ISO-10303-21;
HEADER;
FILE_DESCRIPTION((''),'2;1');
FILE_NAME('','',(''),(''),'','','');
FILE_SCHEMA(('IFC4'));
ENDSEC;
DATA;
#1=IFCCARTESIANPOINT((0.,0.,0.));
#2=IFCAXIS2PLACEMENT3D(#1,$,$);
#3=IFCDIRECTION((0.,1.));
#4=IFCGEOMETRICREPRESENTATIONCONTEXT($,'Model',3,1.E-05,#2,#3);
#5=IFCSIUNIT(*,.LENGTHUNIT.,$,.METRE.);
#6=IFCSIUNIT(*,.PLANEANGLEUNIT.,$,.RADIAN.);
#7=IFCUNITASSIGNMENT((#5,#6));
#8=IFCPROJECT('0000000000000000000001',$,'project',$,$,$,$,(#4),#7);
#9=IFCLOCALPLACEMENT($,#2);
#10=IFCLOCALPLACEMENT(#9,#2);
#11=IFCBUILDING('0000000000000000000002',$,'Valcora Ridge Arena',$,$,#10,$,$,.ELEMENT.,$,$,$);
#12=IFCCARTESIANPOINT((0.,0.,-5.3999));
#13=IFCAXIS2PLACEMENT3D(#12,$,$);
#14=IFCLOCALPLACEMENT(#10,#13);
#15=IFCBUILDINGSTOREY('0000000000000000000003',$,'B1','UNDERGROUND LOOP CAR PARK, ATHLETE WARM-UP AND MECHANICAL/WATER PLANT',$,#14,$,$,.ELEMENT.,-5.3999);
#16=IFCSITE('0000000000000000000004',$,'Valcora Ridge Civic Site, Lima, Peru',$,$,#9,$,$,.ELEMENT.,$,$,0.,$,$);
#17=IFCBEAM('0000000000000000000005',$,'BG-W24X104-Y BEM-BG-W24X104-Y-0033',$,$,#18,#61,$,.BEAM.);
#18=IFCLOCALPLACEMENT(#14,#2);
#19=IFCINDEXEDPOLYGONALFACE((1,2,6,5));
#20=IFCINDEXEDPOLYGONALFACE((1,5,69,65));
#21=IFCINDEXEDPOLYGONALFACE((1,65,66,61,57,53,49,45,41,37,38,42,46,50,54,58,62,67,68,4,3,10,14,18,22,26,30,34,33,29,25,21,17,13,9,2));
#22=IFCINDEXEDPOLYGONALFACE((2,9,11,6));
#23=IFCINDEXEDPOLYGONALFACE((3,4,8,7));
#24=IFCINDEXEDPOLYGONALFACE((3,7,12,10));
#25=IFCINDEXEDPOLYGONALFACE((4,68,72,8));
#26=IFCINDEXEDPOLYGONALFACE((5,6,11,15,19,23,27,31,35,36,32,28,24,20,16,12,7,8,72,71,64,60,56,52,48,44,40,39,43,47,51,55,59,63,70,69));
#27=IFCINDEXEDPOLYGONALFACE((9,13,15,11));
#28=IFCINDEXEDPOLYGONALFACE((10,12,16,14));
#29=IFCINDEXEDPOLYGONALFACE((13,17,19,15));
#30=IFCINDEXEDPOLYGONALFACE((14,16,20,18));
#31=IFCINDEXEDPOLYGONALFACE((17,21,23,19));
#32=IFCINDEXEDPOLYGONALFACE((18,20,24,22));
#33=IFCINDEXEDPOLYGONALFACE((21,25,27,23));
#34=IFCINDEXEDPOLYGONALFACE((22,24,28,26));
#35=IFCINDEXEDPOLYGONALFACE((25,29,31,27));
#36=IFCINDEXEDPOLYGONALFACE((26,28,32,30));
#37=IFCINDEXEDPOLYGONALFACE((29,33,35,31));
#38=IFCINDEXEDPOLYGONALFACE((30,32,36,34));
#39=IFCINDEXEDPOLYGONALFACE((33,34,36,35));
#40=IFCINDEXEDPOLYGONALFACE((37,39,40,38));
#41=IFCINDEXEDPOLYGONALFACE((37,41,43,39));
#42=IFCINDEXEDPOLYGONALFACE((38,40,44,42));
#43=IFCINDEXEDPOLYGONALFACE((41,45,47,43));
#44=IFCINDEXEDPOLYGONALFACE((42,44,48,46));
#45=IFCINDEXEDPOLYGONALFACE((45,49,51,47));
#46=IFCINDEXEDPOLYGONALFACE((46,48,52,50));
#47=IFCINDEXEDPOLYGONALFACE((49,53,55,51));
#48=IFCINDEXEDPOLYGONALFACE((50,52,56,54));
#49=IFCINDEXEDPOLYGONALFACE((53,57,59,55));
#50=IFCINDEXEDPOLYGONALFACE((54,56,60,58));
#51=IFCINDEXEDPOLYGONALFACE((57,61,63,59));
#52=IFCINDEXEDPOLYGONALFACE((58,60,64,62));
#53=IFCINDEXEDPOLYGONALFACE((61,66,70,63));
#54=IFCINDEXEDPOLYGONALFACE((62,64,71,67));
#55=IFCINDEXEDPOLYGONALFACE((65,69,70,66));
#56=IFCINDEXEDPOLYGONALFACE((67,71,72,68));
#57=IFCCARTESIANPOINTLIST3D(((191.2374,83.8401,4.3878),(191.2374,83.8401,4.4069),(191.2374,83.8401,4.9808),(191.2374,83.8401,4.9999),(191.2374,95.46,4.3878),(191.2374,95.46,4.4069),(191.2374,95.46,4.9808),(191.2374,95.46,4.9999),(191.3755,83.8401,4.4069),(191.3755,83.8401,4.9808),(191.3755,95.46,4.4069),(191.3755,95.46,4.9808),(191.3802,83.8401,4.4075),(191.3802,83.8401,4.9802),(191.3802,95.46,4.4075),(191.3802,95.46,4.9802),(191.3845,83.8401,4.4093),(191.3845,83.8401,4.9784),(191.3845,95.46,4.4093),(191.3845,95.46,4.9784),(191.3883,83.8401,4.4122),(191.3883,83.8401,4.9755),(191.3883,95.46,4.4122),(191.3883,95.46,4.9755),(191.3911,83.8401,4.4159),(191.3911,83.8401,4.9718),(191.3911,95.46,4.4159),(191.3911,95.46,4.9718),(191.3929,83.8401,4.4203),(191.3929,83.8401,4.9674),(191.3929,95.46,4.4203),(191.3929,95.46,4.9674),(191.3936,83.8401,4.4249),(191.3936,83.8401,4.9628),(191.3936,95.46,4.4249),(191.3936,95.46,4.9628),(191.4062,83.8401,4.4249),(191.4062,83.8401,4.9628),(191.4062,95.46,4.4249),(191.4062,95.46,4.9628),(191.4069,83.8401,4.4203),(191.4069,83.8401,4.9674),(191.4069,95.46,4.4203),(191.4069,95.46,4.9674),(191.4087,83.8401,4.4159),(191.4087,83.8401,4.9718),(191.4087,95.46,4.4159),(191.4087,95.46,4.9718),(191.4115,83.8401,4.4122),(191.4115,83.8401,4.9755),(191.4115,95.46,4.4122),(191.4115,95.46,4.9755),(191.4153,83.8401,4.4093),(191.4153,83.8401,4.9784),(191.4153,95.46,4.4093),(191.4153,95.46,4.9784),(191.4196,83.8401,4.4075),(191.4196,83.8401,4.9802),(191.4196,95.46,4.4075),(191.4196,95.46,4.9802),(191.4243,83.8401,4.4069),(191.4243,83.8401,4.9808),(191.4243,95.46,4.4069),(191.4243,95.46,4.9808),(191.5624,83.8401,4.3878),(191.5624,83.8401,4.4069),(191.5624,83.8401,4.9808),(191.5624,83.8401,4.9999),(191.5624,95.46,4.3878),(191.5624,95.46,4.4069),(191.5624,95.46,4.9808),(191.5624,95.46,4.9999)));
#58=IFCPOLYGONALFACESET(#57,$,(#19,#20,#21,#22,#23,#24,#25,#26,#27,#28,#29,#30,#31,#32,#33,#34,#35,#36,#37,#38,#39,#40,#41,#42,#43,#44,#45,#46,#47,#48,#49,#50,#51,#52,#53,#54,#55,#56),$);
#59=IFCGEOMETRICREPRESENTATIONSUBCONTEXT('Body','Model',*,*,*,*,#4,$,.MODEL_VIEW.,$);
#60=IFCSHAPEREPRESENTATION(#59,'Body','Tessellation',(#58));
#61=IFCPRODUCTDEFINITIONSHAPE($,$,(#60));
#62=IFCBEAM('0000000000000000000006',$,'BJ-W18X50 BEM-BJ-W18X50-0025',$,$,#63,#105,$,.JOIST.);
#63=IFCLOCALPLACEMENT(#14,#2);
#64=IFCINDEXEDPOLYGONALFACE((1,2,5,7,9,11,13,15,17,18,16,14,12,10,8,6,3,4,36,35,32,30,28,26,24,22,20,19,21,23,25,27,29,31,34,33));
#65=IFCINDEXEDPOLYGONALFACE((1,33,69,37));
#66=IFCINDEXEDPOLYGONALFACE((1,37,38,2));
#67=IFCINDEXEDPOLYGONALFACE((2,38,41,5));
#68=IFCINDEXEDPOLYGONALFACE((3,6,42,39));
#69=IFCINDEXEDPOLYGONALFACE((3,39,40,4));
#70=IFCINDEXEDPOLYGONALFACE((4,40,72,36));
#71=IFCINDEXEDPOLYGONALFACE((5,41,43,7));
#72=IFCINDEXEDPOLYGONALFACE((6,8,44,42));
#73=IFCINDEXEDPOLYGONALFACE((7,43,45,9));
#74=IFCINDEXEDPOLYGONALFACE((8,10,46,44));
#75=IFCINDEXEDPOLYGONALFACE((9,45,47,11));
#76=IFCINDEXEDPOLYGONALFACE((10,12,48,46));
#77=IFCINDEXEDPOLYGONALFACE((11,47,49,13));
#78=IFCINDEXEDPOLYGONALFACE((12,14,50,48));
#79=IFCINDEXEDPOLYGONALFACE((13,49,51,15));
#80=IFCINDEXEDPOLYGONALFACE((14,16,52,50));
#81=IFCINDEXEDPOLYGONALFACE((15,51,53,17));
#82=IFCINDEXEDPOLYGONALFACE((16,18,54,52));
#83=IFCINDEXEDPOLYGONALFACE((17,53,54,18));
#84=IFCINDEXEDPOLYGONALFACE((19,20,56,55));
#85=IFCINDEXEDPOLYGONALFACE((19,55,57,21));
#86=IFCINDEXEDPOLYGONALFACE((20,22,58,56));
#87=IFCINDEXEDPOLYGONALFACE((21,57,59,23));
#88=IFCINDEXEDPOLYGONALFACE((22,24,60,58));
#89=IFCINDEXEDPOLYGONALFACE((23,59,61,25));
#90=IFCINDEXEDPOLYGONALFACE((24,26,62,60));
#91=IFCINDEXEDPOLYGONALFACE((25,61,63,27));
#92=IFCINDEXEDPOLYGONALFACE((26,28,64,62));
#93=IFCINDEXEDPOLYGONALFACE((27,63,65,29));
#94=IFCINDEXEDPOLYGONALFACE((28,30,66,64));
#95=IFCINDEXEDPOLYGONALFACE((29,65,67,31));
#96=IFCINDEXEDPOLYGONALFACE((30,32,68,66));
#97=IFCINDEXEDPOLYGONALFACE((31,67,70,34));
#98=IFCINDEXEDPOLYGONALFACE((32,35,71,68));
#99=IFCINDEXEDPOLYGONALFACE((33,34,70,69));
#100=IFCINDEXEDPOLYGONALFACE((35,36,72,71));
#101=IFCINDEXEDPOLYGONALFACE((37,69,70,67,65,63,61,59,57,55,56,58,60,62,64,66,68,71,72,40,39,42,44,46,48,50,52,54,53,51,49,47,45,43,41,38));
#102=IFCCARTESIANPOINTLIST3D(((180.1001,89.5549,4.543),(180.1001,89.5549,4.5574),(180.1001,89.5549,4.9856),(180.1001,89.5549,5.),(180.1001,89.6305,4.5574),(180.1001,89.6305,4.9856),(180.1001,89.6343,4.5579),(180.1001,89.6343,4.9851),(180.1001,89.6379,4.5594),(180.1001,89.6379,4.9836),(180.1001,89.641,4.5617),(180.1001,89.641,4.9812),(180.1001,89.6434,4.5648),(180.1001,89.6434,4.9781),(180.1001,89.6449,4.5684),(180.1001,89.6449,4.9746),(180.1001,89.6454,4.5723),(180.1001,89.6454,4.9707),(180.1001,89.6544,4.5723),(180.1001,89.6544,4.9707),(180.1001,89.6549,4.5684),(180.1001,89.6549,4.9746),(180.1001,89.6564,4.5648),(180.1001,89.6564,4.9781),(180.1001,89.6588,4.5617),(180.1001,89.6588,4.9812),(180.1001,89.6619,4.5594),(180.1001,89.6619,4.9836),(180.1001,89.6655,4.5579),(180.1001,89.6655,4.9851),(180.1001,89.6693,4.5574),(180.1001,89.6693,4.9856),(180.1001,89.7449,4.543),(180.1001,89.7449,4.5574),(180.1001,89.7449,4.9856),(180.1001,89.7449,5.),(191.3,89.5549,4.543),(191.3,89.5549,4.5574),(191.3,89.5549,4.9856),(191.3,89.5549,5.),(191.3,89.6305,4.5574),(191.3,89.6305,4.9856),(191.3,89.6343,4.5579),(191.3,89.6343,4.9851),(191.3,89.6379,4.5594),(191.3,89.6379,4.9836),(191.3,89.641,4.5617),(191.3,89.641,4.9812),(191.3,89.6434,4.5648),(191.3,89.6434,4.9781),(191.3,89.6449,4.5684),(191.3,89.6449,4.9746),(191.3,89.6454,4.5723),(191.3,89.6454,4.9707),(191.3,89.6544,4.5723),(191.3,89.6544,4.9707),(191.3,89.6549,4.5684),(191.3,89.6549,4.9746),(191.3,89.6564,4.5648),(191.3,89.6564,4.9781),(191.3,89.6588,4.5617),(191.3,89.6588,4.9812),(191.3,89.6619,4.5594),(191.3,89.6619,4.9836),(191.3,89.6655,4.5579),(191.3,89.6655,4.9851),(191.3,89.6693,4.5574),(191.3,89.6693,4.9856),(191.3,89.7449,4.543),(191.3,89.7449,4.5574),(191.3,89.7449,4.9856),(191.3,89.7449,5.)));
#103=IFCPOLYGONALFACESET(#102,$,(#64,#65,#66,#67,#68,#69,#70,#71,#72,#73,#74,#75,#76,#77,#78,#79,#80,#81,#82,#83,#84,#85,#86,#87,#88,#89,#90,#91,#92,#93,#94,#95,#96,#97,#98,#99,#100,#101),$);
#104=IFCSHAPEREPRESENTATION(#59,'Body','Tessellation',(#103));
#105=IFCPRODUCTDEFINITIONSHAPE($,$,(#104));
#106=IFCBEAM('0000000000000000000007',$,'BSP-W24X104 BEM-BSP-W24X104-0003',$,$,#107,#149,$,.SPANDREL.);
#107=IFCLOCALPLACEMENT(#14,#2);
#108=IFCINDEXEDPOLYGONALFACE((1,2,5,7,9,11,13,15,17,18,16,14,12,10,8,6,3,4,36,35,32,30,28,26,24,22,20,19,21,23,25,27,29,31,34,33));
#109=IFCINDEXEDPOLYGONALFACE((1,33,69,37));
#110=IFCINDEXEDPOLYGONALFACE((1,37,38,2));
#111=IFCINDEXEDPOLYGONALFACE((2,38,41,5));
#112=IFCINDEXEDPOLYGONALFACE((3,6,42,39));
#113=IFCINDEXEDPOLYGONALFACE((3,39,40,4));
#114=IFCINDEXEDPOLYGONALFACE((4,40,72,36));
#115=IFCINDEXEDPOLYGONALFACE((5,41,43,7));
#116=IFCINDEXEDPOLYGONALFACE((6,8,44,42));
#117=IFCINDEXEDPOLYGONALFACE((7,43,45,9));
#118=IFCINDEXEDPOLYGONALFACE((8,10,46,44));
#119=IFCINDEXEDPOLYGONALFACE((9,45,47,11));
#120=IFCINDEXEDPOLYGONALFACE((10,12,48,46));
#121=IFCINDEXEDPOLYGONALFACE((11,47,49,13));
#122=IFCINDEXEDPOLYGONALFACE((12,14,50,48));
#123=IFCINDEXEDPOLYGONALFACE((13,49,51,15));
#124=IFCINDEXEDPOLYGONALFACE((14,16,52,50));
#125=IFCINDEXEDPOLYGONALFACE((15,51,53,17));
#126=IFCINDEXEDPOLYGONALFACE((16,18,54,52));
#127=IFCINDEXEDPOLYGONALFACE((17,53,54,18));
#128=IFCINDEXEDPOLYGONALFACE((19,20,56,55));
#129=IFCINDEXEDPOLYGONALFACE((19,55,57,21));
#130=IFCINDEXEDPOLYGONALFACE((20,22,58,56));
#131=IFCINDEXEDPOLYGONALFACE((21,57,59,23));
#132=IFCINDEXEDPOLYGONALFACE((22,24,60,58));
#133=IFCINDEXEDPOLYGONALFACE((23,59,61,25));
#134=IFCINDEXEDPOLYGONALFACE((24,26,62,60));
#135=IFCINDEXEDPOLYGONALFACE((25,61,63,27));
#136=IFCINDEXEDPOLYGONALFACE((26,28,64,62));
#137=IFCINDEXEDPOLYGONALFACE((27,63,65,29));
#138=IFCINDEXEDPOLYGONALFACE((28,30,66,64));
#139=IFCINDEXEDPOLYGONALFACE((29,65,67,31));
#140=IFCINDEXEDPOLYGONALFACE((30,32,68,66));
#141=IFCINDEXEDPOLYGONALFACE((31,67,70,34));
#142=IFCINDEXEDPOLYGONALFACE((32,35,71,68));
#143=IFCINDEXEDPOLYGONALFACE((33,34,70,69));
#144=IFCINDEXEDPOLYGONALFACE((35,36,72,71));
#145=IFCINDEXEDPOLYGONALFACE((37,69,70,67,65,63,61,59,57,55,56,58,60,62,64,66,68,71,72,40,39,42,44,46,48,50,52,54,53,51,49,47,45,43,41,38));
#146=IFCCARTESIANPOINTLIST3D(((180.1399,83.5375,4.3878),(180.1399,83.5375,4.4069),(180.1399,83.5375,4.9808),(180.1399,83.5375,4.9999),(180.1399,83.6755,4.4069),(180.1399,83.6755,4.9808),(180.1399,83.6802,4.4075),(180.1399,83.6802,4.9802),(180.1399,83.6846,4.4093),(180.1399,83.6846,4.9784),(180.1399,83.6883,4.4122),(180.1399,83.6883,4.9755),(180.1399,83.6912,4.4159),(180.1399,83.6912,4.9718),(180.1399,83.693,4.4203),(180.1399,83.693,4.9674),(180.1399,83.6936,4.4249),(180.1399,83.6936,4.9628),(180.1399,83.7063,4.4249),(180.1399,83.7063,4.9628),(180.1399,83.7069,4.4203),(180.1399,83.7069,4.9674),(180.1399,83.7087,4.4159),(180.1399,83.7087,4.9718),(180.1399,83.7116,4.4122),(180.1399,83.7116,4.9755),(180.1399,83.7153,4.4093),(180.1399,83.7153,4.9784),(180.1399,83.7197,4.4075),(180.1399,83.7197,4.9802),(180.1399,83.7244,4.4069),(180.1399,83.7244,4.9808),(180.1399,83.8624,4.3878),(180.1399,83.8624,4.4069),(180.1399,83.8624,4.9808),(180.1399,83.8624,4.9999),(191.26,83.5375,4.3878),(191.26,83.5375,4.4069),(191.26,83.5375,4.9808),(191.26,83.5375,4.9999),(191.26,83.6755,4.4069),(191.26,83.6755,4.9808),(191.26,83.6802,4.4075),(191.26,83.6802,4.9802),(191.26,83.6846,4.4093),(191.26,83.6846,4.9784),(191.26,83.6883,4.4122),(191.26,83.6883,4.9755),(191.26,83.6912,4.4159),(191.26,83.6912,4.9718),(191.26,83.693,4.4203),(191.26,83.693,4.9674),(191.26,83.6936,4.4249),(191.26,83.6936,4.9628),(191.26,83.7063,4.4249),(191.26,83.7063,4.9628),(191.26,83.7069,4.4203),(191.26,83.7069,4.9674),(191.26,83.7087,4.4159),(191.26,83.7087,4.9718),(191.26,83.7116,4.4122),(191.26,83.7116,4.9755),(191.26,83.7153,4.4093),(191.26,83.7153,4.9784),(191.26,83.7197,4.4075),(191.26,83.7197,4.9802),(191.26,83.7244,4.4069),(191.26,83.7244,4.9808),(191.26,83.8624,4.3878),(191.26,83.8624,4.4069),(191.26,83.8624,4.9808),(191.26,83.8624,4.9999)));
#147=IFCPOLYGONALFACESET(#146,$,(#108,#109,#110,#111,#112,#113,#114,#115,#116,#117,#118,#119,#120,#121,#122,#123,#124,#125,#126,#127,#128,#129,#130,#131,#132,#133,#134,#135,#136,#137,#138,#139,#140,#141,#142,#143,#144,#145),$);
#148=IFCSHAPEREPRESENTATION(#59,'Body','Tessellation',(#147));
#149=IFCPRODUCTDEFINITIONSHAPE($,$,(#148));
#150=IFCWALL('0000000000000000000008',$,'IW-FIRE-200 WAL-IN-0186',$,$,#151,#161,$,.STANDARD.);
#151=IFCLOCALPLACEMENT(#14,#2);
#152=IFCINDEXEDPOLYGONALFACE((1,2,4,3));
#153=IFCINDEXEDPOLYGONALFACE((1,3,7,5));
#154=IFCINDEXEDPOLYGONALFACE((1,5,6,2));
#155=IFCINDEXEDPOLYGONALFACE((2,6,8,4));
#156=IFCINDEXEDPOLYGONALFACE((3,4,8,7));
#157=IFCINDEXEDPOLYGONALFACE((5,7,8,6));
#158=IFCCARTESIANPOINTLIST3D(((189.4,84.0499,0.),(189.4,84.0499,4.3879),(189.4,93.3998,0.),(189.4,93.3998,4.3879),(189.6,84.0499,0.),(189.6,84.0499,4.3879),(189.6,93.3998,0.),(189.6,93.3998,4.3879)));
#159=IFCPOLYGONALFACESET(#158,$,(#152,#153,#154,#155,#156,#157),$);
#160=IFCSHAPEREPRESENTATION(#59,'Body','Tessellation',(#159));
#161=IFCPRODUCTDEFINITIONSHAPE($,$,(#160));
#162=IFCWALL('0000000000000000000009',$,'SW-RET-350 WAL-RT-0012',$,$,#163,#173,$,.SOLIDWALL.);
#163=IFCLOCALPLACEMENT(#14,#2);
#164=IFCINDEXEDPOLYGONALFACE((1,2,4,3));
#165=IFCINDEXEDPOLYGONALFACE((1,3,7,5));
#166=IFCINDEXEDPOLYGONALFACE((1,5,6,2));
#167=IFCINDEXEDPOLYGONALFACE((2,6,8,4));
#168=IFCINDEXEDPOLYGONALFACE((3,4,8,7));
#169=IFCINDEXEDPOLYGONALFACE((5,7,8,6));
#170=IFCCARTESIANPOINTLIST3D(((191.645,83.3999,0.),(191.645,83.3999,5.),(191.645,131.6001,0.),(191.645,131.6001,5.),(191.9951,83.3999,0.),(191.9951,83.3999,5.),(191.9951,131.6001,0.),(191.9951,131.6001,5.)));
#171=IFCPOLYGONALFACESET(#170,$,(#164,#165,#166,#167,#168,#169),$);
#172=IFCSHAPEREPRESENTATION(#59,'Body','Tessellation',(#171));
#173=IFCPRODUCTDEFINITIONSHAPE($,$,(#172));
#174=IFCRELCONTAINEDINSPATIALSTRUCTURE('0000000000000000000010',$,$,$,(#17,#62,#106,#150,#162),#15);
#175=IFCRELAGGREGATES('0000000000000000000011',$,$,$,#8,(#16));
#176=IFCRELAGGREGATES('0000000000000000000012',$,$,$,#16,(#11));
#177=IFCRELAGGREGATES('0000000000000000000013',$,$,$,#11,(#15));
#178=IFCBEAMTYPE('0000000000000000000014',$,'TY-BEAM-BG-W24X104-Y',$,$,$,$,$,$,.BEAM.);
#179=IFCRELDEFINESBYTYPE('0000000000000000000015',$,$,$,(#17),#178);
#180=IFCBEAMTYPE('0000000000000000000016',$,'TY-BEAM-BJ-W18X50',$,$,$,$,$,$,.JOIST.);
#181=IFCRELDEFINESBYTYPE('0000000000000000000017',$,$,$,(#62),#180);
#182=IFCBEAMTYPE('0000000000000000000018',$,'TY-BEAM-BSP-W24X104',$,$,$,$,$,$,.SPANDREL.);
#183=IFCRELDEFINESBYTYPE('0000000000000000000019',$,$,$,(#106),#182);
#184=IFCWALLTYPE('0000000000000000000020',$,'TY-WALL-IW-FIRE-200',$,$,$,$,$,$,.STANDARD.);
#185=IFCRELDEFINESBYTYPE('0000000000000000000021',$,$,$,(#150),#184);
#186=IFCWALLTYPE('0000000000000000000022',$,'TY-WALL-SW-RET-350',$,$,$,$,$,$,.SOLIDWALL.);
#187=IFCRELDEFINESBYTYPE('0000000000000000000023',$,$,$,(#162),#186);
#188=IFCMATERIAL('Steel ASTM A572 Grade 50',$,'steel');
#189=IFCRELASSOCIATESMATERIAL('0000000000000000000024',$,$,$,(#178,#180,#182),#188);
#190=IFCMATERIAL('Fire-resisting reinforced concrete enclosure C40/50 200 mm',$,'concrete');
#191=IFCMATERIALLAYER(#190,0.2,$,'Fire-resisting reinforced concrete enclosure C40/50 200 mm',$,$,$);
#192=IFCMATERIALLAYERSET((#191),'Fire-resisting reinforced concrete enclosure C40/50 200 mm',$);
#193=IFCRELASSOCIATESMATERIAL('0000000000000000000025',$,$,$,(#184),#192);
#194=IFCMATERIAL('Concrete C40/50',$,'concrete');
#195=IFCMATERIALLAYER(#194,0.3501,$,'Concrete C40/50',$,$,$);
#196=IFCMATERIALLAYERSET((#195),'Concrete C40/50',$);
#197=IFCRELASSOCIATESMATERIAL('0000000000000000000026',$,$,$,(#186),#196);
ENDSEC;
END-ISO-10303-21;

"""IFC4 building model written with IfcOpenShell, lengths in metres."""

from ifc_helpers import new_model, si_unit, direction, frame, frame_2d, origin, origin_2d, place, context, subcontext, project, spatial, rectangle, i_section, extrude, material, layer, layer_set, material_profile, profile_set, type_object, element, save


model = new_model("IFC4")

# Units and contexts
model_context = context("Model", 3, precision=1e-05, world=origin(), true_north=direction((0.0, 1.0)))
body_context = subcontext(model_context, "Body", "Model", "MODEL_VIEW")
ifc_project = project(units=[si_unit("LENGTHUNIT", "METRE"), si_unit("PLANEANGLEUNIT", "RADIAN")], contexts=[model_context])

# Site, building, storey
site_placement = place(None, origin())
site = spatial("IfcSite", under=ifc_project, at=site_placement, Name="Valcora Ridge Civic Site, Lima, Peru", CompositionType="ELEMENT", RefElevation=0.0)
building_placement = place(site_placement, origin())
building = spatial("IfcBuilding", under=site, at=building_placement, Name="Valcora Ridge Arena", CompositionType="ELEMENT")
storey_placement = place(building_placement, frame((0.0, 0.0, -5.3999)))
storey = spatial("IfcBuildingStorey", under=building, at=storey_placement, Name="B1", Description="UNDERGROUND LOOP CAR PARK, ATHLETE WARM-UP AND MECHANICAL/WATER PLANT", CompositionType="ELEMENT", Elevation=-5.3999)

# Shared definitions
ifc_material_1 = material(Name="Concrete C40/50", Category="concrete")

# Beams
ifc_material_2 = material(Name="Steel ASTM A572 Grade 50", Category="steel")
ifc_material_profile_1 = material_profile(ifc_material_2, i_section(OverallWidth=0.325, OverallDepth=0.6121, WebThickness=0.0127, FlangeThickness=0.019, FilletRadius=0.0181, at=origin_2d()), Name="W24X104")
ifc_profile_set_1 = profile_set([ifc_material_profile_1], Name="Steel ASTM A572 Grade 50")
beam_type_1 = type_object("IfcBeamType", Name="TY-BEAM-BG-W24X104-Y", PredefinedType="BEAM", material=ifc_profile_set_1)
for number, where, z_axis, x_axis, name in (
    (1, (191.3999, 83.8401, 4.6938), (0.0, 1.0, 0.0), (-1.0, 0.0, 0.0), "BG-W24X104-Y BEM-BG-W24X104-Y-0033"),
):
    element("IfcBeam", number, at=place(storey_placement, frame(where, z_axis=z_axis, x_axis=x_axis)), inside=storey, type_object=beam_type_1, Name=name, PredefinedType="BEAM", context=body_context, shape_type="SweptSolid", body=[
        extrude(i_section(OverallWidth=0.325, OverallDepth=0.6121, WebThickness=0.0127, FlangeThickness=0.019, FilletRadius=0.0181, at=origin_2d()), origin(), (0.0, 0.0, 1.0), 11.6199),
    ])
ifc_material_profile_2 = material_profile(ifc_material_2, i_section(OverallWidth=0.1899, OverallDepth=0.457, WebThickness=0.009, FlangeThickness=0.0144, FilletRadius=0.0149, at=origin_2d()), Name="W18X50")
ifc_profile_set_2 = profile_set([ifc_material_profile_2], Name="Steel ASTM A572 Grade 50")
beam_type_2 = type_object("IfcBeamType", Name="TY-BEAM-BJ-W18X50", PredefinedType="JOIST", material=ifc_profile_set_2)
beam_1_placement = place(storey_placement, frame((180.1001, 89.6499, 4.7715), z_axis=(1.0, 0.0, 0.0), x_axis=(0.0, 1.0, 0.0)))
element("IfcBeam", 2, at=beam_1_placement, inside=storey, type_object=beam_type_2, Name="BJ-W18X50 BEM-BJ-W18X50-0025", PredefinedType="JOIST", context=body_context, shape_type="SweptSolid", body=[
    extrude(i_section(OverallWidth=0.1899, OverallDepth=0.457, WebThickness=0.009, FlangeThickness=0.0144, FilletRadius=0.0149, at=origin_2d()), origin(), (0.0, 0.0, 1.0), 11.2),
])
ifc_material_profile_3 = material_profile(ifc_material_2, i_section(OverallWidth=0.325, OverallDepth=0.6121, WebThickness=0.0127, FlangeThickness=0.019, FilletRadius=0.0181, at=origin_2d()), Name="W24X104")
ifc_profile_set_3 = profile_set([ifc_material_profile_3], Name="Steel ASTM A572 Grade 50")
beam_type_3 = type_object("IfcBeamType", Name="TY-BEAM-BSP-W24X104", PredefinedType="SPANDREL", material=ifc_profile_set_3)
beam_2_placement = place(storey_placement, frame((180.1399, 83.7, 4.6938), z_axis=(1.0, 0.0, 0.0), x_axis=(0.0, 1.0, 0.0)))
element("IfcBeam", 3, at=beam_2_placement, inside=storey, type_object=beam_type_3, Name="BSP-W24X104 BEM-BSP-W24X104-0003", PredefinedType="SPANDREL", context=body_context, shape_type="SweptSolid", body=[
    extrude(i_section(OverallWidth=0.325, OverallDepth=0.6121, WebThickness=0.0127, FlangeThickness=0.019, FilletRadius=0.0181, at=origin_2d()), origin(), (0.0, 0.0, 1.0), 11.1201),
])

# Walls
ifc_material_3 = material(Name="Fire-resisting reinforced concrete enclosure C40/50 200 mm", Category="concrete")
ifc_layer_1 = layer(ifc_material_3, 0.2, Name="Fire-resisting reinforced concrete enclosure C40/50 200 mm")
ifc_layer_set_1 = layer_set([ifc_layer_1], Name="Fire-resisting reinforced concrete enclosure C40/50 200 mm")
wall_type_1 = type_object("IfcWallType", Name="TY-WALL-IW-FIRE-200", PredefinedType="STANDARD", material=ifc_layer_set_1)
wall_1_placement = place(storey_placement, frame((189.5, 84.05, 0.0), z_axis=(0.0, 0.0, 1.0), x_axis=(0.0, 1.0, 0.0)))
element("IfcWall", 4, at=wall_1_placement, inside=storey, type_object=wall_type_1, Name="IW-FIRE-200 WAL-IN-0186", PredefinedType="STANDARD", context=body_context, shape_type="SweptSolid", body=[
    extrude(rectangle(XDim=9.3499, YDim=0.2, at=frame_2d((4.6748, 0.0))), origin(), (0.0, 0.0, 1.0), 4.3879),
])
ifc_layer_2 = layer(ifc_material_1, 0.3501, Name="Concrete C40/50")
ifc_layer_set_2 = layer_set([ifc_layer_2], Name="Concrete C40/50")
wall_type_2 = type_object("IfcWallType", Name="TY-WALL-SW-RET-350", PredefinedType="SOLIDWALL", material=ifc_layer_set_2)
wall_2_placement = place(storey_placement, frame((191.8201, 83.3999, 0.0), z_axis=(0.0, 0.0, 1.0), x_axis=(0.0, 1.0, 0.0)))
element("IfcWall", 5, at=wall_2_placement, inside=storey, type_object=wall_type_2, Name="SW-RET-350 WAL-RT-0012", PredefinedType="SOLIDWALL", context=body_context, shape_type="SweptSolid", body=[
    extrude(rectangle(XDim=48.2002, YDim=0.3501, at=frame_2d((24.1001, 0.0))), origin(), (0.0, 0.0, 1.0), 5.0),
])

save(model, "model.ifc")
